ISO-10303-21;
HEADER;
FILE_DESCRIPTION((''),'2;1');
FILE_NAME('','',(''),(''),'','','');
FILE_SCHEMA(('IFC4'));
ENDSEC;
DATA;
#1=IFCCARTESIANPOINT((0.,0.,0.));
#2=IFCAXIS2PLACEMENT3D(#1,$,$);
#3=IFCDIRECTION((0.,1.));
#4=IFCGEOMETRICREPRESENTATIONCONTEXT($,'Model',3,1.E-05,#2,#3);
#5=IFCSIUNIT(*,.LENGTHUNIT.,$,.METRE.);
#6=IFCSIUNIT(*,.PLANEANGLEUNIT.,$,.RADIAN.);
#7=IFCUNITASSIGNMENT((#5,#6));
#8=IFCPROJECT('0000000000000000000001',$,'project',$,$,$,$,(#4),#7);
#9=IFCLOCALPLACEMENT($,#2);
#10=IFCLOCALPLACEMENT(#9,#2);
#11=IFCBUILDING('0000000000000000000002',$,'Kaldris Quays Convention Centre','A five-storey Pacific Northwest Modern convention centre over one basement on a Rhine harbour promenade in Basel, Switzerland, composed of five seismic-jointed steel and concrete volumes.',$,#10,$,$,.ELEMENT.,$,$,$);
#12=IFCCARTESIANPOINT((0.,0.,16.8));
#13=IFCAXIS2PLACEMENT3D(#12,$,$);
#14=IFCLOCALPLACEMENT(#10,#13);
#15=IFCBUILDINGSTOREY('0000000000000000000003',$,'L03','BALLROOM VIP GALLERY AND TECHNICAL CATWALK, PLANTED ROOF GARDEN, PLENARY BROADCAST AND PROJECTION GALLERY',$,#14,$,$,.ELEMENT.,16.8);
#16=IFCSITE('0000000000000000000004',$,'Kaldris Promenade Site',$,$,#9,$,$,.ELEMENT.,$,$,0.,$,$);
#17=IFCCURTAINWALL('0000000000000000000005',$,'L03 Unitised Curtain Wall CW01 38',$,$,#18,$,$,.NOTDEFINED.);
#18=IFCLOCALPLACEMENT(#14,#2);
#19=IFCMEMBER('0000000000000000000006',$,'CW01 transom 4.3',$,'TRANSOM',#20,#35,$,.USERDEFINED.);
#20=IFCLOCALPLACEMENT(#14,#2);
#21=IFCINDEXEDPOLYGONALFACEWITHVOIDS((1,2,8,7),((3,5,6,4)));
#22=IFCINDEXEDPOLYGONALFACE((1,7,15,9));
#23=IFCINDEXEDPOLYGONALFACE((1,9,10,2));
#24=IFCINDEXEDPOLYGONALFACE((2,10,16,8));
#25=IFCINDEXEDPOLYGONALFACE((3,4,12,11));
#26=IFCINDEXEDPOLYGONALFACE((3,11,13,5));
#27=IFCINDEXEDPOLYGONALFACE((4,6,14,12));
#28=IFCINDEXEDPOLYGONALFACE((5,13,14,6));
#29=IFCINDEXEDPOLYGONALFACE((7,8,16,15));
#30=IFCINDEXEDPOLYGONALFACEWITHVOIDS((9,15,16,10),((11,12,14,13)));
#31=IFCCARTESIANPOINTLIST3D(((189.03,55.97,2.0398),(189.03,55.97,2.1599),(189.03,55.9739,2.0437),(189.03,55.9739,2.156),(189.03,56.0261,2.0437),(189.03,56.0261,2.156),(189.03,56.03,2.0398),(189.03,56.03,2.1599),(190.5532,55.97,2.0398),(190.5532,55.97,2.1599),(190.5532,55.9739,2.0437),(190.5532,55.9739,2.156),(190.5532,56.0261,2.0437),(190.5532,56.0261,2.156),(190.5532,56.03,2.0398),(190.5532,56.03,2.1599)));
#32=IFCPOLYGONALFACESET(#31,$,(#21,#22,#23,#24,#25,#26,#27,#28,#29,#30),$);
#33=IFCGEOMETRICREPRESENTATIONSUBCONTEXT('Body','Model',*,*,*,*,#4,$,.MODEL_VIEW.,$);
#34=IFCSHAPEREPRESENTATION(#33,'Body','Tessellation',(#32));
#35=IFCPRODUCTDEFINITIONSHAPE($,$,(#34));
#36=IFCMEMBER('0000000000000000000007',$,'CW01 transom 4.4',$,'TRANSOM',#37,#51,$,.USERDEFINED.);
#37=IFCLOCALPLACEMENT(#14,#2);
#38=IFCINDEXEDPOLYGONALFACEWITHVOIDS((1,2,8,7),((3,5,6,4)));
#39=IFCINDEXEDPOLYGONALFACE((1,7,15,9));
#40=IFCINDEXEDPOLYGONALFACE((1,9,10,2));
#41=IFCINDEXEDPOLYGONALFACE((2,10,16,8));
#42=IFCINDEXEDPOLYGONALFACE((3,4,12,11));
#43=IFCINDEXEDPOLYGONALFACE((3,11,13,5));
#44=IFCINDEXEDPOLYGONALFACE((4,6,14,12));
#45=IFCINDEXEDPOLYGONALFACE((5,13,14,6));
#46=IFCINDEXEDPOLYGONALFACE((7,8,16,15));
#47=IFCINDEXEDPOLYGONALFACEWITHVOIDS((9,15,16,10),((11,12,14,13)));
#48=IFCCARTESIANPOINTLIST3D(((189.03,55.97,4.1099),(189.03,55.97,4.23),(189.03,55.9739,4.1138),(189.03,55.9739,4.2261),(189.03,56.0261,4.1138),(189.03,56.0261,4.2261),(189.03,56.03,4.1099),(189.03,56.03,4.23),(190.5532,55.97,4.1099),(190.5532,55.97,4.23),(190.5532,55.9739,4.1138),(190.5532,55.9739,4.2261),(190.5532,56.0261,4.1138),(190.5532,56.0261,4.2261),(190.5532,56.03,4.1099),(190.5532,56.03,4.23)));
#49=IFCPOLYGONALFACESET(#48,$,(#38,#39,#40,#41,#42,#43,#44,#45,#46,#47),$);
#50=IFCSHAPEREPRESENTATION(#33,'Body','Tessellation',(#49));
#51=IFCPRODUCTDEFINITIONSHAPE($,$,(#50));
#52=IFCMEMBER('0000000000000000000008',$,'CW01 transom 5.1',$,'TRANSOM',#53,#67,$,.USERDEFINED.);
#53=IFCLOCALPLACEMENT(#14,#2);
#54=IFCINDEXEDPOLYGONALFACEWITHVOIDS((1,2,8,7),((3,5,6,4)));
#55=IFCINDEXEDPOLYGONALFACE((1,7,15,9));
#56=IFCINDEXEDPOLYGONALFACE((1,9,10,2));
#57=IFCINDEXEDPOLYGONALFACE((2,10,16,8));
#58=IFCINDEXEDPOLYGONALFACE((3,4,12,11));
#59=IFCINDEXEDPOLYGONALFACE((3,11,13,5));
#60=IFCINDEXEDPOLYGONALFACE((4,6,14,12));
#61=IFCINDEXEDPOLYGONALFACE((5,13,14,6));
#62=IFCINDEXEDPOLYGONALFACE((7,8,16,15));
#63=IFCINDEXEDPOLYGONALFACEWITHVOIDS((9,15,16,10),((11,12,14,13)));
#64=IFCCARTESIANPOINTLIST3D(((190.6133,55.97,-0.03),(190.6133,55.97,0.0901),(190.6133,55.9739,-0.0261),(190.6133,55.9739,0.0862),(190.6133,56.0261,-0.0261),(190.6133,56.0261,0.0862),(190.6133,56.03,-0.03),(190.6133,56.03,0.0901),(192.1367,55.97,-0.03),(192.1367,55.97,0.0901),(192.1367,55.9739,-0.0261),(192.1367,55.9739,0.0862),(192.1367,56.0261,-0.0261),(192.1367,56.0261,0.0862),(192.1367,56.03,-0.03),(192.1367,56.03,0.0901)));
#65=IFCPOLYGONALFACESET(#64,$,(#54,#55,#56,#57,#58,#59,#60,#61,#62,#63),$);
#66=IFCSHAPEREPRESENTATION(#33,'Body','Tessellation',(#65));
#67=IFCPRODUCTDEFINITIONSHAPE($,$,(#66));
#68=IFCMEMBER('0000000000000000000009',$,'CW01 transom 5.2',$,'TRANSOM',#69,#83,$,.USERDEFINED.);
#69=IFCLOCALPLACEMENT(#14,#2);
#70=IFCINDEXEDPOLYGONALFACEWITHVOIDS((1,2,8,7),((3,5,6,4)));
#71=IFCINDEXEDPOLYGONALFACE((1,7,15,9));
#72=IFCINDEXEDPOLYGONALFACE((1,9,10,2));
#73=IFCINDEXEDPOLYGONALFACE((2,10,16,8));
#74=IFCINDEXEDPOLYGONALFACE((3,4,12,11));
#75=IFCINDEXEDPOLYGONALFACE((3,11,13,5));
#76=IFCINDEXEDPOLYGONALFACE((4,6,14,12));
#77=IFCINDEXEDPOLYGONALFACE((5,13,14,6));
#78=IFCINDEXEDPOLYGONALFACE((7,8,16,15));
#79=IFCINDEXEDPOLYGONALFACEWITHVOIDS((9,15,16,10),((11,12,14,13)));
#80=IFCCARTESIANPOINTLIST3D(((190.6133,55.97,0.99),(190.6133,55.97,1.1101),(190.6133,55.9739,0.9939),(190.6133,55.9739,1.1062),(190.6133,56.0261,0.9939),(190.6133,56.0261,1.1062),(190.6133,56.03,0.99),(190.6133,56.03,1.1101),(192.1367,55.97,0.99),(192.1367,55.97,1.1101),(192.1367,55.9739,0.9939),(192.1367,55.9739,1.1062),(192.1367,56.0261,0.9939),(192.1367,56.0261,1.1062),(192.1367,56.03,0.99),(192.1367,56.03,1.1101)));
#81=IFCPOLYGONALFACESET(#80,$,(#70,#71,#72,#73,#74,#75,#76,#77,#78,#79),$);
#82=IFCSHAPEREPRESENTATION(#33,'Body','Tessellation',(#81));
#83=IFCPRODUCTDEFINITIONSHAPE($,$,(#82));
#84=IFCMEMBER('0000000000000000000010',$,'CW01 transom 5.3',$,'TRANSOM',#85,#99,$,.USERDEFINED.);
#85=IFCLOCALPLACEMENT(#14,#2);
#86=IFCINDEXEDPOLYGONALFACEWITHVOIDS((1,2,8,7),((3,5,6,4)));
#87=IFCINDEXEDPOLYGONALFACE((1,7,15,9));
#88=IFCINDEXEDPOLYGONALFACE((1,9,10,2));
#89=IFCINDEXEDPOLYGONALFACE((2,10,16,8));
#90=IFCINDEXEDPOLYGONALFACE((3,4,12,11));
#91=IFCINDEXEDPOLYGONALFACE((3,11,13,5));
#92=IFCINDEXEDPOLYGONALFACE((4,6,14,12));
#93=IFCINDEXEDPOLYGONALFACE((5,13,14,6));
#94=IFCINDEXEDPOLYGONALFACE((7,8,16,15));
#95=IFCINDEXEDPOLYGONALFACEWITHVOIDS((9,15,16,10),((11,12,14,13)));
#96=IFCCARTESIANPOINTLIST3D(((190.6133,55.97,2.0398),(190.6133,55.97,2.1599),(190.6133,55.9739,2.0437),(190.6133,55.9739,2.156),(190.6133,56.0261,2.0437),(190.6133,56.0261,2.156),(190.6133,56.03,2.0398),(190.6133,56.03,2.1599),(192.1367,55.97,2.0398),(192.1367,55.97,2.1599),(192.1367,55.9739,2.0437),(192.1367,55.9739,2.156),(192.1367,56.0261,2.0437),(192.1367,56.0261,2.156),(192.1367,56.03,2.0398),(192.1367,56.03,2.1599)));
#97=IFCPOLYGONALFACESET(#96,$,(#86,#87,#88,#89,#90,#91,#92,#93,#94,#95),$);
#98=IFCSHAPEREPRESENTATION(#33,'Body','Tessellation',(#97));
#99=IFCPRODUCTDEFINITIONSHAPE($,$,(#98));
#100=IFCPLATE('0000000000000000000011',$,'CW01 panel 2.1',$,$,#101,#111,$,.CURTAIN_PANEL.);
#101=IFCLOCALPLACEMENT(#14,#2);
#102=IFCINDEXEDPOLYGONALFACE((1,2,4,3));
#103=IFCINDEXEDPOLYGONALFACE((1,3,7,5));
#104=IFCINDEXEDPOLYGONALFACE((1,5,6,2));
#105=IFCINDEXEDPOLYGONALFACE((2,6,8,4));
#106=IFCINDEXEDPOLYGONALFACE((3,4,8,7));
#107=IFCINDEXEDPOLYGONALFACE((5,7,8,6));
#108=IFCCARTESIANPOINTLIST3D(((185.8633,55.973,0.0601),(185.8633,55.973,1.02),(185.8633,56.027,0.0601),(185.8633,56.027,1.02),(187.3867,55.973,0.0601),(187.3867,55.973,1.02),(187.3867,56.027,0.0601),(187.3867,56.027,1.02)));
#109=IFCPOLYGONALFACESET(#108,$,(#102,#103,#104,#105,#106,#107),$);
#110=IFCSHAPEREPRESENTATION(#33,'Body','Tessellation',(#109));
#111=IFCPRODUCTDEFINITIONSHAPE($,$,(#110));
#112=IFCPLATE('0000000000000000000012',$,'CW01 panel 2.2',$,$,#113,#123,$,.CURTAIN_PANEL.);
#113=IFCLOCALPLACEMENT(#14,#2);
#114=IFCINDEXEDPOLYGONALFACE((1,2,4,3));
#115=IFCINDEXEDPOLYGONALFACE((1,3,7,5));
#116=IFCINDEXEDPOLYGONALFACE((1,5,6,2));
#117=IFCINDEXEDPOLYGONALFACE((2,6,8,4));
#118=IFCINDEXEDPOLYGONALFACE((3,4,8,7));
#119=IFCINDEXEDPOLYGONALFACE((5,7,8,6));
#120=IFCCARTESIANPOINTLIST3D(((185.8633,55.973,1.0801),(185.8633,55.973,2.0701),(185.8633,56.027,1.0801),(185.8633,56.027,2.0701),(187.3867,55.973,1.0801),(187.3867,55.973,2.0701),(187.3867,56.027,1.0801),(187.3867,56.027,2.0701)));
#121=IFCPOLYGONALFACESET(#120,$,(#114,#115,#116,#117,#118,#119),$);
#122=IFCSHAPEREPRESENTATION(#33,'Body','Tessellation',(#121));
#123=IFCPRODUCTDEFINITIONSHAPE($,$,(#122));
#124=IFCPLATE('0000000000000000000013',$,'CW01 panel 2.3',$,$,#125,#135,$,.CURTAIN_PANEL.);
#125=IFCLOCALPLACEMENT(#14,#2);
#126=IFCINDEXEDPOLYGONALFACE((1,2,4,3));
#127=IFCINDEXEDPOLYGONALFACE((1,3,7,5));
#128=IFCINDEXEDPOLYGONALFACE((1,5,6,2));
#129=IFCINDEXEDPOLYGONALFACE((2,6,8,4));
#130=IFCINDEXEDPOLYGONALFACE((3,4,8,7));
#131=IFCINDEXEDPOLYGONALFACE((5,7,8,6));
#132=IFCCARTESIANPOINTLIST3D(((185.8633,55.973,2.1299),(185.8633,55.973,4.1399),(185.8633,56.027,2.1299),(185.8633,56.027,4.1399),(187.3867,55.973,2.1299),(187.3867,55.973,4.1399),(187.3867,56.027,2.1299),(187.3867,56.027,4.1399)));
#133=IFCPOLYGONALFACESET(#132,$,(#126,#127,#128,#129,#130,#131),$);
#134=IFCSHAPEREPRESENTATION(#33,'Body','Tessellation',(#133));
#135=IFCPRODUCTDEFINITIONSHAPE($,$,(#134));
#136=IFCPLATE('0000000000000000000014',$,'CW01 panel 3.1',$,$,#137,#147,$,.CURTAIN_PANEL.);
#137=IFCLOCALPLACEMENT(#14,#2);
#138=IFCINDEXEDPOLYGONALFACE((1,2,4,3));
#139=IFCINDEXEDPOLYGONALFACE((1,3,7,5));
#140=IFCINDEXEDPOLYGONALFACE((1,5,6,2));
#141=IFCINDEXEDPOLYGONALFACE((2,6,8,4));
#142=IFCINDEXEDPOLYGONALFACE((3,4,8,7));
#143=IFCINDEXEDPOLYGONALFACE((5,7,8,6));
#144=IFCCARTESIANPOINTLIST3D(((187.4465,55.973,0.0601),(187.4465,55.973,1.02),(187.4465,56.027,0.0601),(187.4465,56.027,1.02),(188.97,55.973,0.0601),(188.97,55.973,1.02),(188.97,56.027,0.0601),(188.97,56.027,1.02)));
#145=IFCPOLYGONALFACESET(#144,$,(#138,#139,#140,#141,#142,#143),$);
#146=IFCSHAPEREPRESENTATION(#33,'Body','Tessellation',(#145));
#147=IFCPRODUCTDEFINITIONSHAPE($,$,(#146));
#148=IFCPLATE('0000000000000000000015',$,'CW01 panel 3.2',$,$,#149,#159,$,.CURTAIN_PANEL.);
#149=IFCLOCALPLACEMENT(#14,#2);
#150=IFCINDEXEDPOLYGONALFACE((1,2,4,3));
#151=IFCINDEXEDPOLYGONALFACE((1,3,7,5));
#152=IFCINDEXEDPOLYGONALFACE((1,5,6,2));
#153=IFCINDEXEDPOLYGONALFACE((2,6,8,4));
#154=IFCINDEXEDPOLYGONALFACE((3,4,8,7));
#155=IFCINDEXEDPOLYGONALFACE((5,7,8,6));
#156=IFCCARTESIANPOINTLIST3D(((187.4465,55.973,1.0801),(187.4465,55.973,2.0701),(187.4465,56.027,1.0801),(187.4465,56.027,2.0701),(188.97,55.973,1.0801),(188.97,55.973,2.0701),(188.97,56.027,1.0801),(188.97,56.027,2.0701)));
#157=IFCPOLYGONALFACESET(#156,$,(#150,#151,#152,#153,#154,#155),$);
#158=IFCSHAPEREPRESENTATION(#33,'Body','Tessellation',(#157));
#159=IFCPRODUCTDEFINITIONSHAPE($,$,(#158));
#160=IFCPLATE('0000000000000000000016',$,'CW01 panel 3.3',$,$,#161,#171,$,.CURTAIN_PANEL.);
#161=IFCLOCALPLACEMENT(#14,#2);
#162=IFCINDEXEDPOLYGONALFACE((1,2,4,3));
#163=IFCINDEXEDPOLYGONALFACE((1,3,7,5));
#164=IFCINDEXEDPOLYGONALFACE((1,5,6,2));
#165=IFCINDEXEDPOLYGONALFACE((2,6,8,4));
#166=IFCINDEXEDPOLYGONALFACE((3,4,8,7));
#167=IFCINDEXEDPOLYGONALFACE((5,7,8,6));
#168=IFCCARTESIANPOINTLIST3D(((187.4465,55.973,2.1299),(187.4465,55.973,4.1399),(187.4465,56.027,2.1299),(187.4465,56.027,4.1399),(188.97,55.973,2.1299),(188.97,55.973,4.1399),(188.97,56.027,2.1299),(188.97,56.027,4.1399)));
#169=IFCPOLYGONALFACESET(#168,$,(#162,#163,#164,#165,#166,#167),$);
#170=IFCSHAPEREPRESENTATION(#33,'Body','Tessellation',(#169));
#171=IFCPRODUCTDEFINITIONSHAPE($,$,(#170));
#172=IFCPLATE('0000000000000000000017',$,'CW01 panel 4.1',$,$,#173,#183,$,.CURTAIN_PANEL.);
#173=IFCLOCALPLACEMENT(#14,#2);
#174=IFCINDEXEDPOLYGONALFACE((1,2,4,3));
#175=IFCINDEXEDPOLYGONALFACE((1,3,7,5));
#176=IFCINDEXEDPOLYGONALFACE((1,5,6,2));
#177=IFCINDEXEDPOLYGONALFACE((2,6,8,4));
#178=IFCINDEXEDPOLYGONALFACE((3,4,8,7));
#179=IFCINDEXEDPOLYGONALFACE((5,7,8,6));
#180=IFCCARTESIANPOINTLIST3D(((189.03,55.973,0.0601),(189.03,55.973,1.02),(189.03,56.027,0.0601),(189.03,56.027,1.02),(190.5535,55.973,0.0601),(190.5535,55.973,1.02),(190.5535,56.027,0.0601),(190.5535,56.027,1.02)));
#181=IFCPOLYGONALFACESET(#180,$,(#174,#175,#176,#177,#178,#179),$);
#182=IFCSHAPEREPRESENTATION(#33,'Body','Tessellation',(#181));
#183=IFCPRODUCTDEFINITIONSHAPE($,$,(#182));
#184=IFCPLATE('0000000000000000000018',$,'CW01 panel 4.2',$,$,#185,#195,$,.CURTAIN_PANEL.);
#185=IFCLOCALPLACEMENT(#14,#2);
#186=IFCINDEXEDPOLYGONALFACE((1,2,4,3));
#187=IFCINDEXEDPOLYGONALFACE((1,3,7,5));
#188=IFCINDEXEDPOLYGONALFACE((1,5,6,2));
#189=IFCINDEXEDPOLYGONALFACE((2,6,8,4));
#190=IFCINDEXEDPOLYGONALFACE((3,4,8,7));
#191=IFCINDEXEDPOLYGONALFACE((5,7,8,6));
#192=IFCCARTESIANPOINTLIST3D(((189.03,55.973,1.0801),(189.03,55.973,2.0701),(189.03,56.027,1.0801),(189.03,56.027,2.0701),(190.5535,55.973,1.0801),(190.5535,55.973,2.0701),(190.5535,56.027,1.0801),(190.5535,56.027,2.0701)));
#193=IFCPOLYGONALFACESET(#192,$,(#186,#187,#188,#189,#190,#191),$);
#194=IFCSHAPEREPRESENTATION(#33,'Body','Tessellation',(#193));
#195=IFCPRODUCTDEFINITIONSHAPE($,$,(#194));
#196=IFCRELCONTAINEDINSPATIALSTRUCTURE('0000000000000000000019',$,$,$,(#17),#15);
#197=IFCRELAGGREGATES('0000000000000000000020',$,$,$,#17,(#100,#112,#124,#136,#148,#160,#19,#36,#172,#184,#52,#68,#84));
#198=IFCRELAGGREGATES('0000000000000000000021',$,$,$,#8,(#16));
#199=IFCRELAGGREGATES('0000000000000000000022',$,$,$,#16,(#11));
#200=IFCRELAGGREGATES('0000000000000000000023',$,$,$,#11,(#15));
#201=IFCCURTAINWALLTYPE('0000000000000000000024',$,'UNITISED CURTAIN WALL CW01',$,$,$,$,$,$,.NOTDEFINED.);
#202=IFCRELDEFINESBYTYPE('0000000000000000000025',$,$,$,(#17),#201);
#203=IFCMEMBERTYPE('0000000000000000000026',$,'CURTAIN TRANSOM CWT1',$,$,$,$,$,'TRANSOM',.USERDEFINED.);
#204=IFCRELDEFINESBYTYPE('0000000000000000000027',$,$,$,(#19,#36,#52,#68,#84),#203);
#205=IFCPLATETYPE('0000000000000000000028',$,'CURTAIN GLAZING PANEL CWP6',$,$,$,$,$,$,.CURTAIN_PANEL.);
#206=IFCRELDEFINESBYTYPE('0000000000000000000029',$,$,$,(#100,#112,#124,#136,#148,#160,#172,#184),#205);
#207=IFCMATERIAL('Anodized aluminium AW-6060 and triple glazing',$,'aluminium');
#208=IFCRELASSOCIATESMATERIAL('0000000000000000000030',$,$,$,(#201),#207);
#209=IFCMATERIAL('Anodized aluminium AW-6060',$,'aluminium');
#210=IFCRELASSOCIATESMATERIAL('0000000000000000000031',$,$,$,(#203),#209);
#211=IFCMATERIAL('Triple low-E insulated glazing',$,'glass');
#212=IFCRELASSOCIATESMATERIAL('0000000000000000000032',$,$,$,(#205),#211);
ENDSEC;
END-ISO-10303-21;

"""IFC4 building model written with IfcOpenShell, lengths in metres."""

from ifc_helpers import new_model, si_unit, direction, frame, origin, origin_2d, place, context, subcontext, project, spatial, rectangle, hollow_rectangle, extrude, material, material_profile, profile_set, type_object, element, aggregate, save


model = new_model("IFC4")

# Units and contexts
model_context = context("Model", 3, precision=1e-05, world=origin(), true_north=direction((0.0, 1.0)))
body_context = subcontext(model_context, "Body", "Model", "MODEL_VIEW")
ifc_project = project(units=[si_unit("LENGTHUNIT", "METRE"), si_unit("PLANEANGLEUNIT", "RADIAN")], contexts=[model_context])

# Site, building, storey
site_placement = place(None, origin())
site = spatial("IfcSite", under=ifc_project, at=site_placement, Name="Kaldris Promenade Site", CompositionType="ELEMENT", RefElevation=0.0)
building_placement = place(site_placement, origin())
building = spatial("IfcBuilding", under=site, at=building_placement, Name="Kaldris Quays Convention Centre", Description="A five-storey Pacific Northwest Modern convention centre over one basement on a Rhine harbour promenade in Basel, Switzerland, composed of five seismic-jointed steel and concrete volumes.", CompositionType="ELEMENT")
storey_placement = place(building_placement, frame((0.0, 0.0, 16.8)))
storey = spatial("IfcBuildingStorey", under=building, at=storey_placement, Name="L03", Description="BALLROOM VIP GALLERY AND TECHNICAL CATWALK, PLANTED ROOF GARDEN, PLENARY BROADCAST AND PROJECTION GALLERY", CompositionType="ELEMENT", Elevation=16.8)

# Curtain wall, members, plates
ifc_material_1 = material(Name="Anodized aluminium AW-6060 and triple glazing", Category="aluminium")
curtain_wall_type = type_object("IfcCurtainWallType", Name="UNITISED CURTAIN WALL CW01", PredefinedType="NOTDEFINED", material=ifc_material_1)
curtain_wall_placement = place(storey_placement, origin())
curtain_wall = element("IfcCurtainWall", 1, at=curtain_wall_placement, inside=storey, type_object=curtain_wall_type, Name="L03 Unitised Curtain Wall CW01 38", PredefinedType="NOTDEFINED")
ifc_material_2 = material(Name="Anodized aluminium AW-6060", Category="aluminium")
ifc_material_profile_1 = material_profile(ifc_material_2, hollow_rectangle(XDim=0.0601, YDim=0.1201, WallThickness=0.0039, at=origin_2d()), Name="RHS 120x60x4")
ifc_profile_set_1 = profile_set([ifc_material_profile_1], Name="Anodized aluminium AW-6060")
member_type_1 = type_object("IfcMemberType", Name="CURTAIN TRANSOM CWT1", ElementType="TRANSOM", PredefinedType="USERDEFINED", material=ifc_profile_set_1)
member_1_placement = place(storey_placement, frame((189.03, 56.0, 2.0999), z_axis=(1.0, 0.0, 0.0), x_axis=(0.0, 1.0, 0.0)))
member_1 = element("IfcMember", 2, at=member_1_placement, type_object=member_type_1, Name="CW01 transom 4.3", ObjectType="TRANSOM", PredefinedType="USERDEFINED", context=body_context, shape_type="SweptSolid", body=[
    extrude(hollow_rectangle(XDim=0.0601, YDim=0.1201, WallThickness=0.0039, at=origin_2d()), origin(), (0.0, 0.0, 1.0), 1.5232),
])
member_2_placement = place(storey_placement, frame((189.03, 56.0, 4.1699), z_axis=(1.0, 0.0, 0.0), x_axis=(0.0, 1.0, 0.0)))
member_2 = element("IfcMember", 3, at=member_2_placement, type_object=member_type_1, Name="CW01 transom 4.4", ObjectType="TRANSOM", PredefinedType="USERDEFINED", context=body_context, shape_type="SweptSolid", body=[
    extrude(hollow_rectangle(XDim=0.0601, YDim=0.1201, WallThickness=0.0039, at=origin_2d()), origin(), (0.0, 0.0, 1.0), 1.5232),
])
member_3_placement = place(storey_placement, frame((190.6133, 56.0, 0.03), z_axis=(1.0, 0.0, 0.0), x_axis=(0.0, 1.0, 0.0)))
member_3 = element("IfcMember", 4, at=member_3_placement, type_object=member_type_1, Name="CW01 transom 5.1", ObjectType="TRANSOM", PredefinedType="USERDEFINED", context=body_context, shape_type="SweptSolid", body=[
    extrude(hollow_rectangle(XDim=0.0601, YDim=0.1201, WallThickness=0.0039, at=origin_2d()), origin(), (0.0, 0.0, 1.0), 1.5234),
])
member_4_placement = place(storey_placement, frame((190.6133, 56.0, 1.05), z_axis=(1.0, 0.0, 0.0), x_axis=(0.0, 1.0, 0.0)))
member_4 = element("IfcMember", 5, at=member_4_placement, type_object=member_type_1, Name="CW01 transom 5.2", ObjectType="TRANSOM", PredefinedType="USERDEFINED", context=body_context, shape_type="SweptSolid", body=[
    extrude(hollow_rectangle(XDim=0.0601, YDim=0.1201, WallThickness=0.0039, at=origin_2d()), origin(), (0.0, 0.0, 1.0), 1.5234),
])
member_5_placement = place(storey_placement, frame((190.6133, 56.0, 2.0999), z_axis=(1.0, 0.0, 0.0), x_axis=(0.0, 1.0, 0.0)))
member_5 = element("IfcMember", 6, at=member_5_placement, type_object=member_type_1, Name="CW01 transom 5.3", ObjectType="TRANSOM", PredefinedType="USERDEFINED", context=body_context, shape_type="SweptSolid", body=[
    extrude(hollow_rectangle(XDim=0.0601, YDim=0.1201, WallThickness=0.0039, at=origin_2d()), origin(), (0.0, 0.0, 1.0), 1.5234),
])
ifc_material_3 = material(Name="Triple low-E insulated glazing", Category="glass")
plate_type = type_object("IfcPlateType", Name="CURTAIN GLAZING PANEL CWP6", PredefinedType="CURTAIN_PANEL", material=ifc_material_3)
plate_1_placement = place(storey_placement, frame((186.625, 56.0, 0.0601), z_axis=(0.0, 0.0, 1.0), x_axis=(1.0, 0.0, 0.0)))
plate_1 = element("IfcPlate", 7, at=plate_1_placement, type_object=plate_type, Name="CW01 panel 2.1", PredefinedType="CURTAIN_PANEL", context=body_context, shape_type="SweptSolid", body=[
    extrude(rectangle(XDim=1.5234, YDim=0.054, at=origin_2d()), origin(), (0.0, 0.0, 1.0), 0.96),
])
plate_2_placement = place(storey_placement, frame((186.625, 56.0, 1.0801), z_axis=(0.0, 0.0, 1.0), x_axis=(1.0, 0.0, 0.0)))
plate_2 = element("IfcPlate", 8, at=plate_2_placement, type_object=plate_type, Name="CW01 panel 2.2", PredefinedType="CURTAIN_PANEL", context=body_context, shape_type="SweptSolid", body=[
    extrude(rectangle(XDim=1.5234, YDim=0.054, at=origin_2d()), origin(), (0.0, 0.0, 1.0), 0.99),
])
plate_3_placement = place(storey_placement, frame((186.625, 56.0, 2.1299), z_axis=(0.0, 0.0, 1.0), x_axis=(1.0, 0.0, 0.0)))
plate_3 = element("IfcPlate", 9, at=plate_3_placement, type_object=plate_type, Name="CW01 panel 2.3", PredefinedType="CURTAIN_PANEL", context=body_context, shape_type="SweptSolid", body=[
    extrude(rectangle(XDim=1.5234, YDim=0.054, at=origin_2d()), origin(), (0.0, 0.0, 1.0), 2.01),
])
plate_4_placement = place(storey_placement, frame((188.2083, 56.0, 0.0601), z_axis=(0.0, 0.0, 1.0), x_axis=(1.0, 0.0, 0.0)))
plate_4 = element("IfcPlate", 10, at=plate_4_placement, type_object=plate_type, Name="CW01 panel 3.1", PredefinedType="CURTAIN_PANEL", context=body_context, shape_type="SweptSolid", body=[
    extrude(rectangle(XDim=1.5234, YDim=0.054, at=origin_2d()), origin(), (0.0, 0.0, 1.0), 0.96),
])
plate_5_placement = place(storey_placement, frame((188.2083, 56.0, 1.0801), z_axis=(0.0, 0.0, 1.0), x_axis=(1.0, 0.0, 0.0)))
plate_5 = element("IfcPlate", 11, at=plate_5_placement, type_object=plate_type, Name="CW01 panel 3.2", PredefinedType="CURTAIN_PANEL", context=body_context, shape_type="SweptSolid", body=[
    extrude(rectangle(XDim=1.5234, YDim=0.054, at=origin_2d()), origin(), (0.0, 0.0, 1.0), 0.99),
])
plate_6_placement = place(storey_placement, frame((188.2083, 56.0, 2.1299), z_axis=(0.0, 0.0, 1.0), x_axis=(1.0, 0.0, 0.0)))
plate_6 = element("IfcPlate", 12, at=plate_6_placement, type_object=plate_type, Name="CW01 panel 3.3", PredefinedType="CURTAIN_PANEL", context=body_context, shape_type="SweptSolid", body=[
    extrude(rectangle(XDim=1.5234, YDim=0.054, at=origin_2d()), origin(), (0.0, 0.0, 1.0), 2.01),
])
plate_7_placement = place(storey_placement, frame((189.7917, 56.0, 0.0601), z_axis=(0.0, 0.0, 1.0), x_axis=(1.0, 0.0, 0.0)))
plate_7 = element("IfcPlate", 13, at=plate_7_placement, type_object=plate_type, Name="CW01 panel 4.1", PredefinedType="CURTAIN_PANEL", context=body_context, shape_type="SweptSolid", body=[
    extrude(rectangle(XDim=1.5234, YDim=0.054, at=origin_2d()), origin(), (0.0, 0.0, 1.0), 0.96),
])
plate_8_placement = place(storey_placement, frame((189.7917, 56.0, 1.0801), z_axis=(0.0, 0.0, 1.0), x_axis=(1.0, 0.0, 0.0)))
plate_8 = element("IfcPlate", 14, at=plate_8_placement, type_object=plate_type, Name="CW01 panel 4.2", PredefinedType="CURTAIN_PANEL", context=body_context, shape_type="SweptSolid", body=[
    extrude(rectangle(XDim=1.5234, YDim=0.054, at=origin_2d()), origin(), (0.0, 0.0, 1.0), 0.99),
])
aggregate(curtain_wall, [plate_1, plate_2, plate_3, plate_4, plate_5, plate_6, member_1, member_2, plate_7, plate_8, member_3, member_4, member_5])

save(model, "model.ifc")
